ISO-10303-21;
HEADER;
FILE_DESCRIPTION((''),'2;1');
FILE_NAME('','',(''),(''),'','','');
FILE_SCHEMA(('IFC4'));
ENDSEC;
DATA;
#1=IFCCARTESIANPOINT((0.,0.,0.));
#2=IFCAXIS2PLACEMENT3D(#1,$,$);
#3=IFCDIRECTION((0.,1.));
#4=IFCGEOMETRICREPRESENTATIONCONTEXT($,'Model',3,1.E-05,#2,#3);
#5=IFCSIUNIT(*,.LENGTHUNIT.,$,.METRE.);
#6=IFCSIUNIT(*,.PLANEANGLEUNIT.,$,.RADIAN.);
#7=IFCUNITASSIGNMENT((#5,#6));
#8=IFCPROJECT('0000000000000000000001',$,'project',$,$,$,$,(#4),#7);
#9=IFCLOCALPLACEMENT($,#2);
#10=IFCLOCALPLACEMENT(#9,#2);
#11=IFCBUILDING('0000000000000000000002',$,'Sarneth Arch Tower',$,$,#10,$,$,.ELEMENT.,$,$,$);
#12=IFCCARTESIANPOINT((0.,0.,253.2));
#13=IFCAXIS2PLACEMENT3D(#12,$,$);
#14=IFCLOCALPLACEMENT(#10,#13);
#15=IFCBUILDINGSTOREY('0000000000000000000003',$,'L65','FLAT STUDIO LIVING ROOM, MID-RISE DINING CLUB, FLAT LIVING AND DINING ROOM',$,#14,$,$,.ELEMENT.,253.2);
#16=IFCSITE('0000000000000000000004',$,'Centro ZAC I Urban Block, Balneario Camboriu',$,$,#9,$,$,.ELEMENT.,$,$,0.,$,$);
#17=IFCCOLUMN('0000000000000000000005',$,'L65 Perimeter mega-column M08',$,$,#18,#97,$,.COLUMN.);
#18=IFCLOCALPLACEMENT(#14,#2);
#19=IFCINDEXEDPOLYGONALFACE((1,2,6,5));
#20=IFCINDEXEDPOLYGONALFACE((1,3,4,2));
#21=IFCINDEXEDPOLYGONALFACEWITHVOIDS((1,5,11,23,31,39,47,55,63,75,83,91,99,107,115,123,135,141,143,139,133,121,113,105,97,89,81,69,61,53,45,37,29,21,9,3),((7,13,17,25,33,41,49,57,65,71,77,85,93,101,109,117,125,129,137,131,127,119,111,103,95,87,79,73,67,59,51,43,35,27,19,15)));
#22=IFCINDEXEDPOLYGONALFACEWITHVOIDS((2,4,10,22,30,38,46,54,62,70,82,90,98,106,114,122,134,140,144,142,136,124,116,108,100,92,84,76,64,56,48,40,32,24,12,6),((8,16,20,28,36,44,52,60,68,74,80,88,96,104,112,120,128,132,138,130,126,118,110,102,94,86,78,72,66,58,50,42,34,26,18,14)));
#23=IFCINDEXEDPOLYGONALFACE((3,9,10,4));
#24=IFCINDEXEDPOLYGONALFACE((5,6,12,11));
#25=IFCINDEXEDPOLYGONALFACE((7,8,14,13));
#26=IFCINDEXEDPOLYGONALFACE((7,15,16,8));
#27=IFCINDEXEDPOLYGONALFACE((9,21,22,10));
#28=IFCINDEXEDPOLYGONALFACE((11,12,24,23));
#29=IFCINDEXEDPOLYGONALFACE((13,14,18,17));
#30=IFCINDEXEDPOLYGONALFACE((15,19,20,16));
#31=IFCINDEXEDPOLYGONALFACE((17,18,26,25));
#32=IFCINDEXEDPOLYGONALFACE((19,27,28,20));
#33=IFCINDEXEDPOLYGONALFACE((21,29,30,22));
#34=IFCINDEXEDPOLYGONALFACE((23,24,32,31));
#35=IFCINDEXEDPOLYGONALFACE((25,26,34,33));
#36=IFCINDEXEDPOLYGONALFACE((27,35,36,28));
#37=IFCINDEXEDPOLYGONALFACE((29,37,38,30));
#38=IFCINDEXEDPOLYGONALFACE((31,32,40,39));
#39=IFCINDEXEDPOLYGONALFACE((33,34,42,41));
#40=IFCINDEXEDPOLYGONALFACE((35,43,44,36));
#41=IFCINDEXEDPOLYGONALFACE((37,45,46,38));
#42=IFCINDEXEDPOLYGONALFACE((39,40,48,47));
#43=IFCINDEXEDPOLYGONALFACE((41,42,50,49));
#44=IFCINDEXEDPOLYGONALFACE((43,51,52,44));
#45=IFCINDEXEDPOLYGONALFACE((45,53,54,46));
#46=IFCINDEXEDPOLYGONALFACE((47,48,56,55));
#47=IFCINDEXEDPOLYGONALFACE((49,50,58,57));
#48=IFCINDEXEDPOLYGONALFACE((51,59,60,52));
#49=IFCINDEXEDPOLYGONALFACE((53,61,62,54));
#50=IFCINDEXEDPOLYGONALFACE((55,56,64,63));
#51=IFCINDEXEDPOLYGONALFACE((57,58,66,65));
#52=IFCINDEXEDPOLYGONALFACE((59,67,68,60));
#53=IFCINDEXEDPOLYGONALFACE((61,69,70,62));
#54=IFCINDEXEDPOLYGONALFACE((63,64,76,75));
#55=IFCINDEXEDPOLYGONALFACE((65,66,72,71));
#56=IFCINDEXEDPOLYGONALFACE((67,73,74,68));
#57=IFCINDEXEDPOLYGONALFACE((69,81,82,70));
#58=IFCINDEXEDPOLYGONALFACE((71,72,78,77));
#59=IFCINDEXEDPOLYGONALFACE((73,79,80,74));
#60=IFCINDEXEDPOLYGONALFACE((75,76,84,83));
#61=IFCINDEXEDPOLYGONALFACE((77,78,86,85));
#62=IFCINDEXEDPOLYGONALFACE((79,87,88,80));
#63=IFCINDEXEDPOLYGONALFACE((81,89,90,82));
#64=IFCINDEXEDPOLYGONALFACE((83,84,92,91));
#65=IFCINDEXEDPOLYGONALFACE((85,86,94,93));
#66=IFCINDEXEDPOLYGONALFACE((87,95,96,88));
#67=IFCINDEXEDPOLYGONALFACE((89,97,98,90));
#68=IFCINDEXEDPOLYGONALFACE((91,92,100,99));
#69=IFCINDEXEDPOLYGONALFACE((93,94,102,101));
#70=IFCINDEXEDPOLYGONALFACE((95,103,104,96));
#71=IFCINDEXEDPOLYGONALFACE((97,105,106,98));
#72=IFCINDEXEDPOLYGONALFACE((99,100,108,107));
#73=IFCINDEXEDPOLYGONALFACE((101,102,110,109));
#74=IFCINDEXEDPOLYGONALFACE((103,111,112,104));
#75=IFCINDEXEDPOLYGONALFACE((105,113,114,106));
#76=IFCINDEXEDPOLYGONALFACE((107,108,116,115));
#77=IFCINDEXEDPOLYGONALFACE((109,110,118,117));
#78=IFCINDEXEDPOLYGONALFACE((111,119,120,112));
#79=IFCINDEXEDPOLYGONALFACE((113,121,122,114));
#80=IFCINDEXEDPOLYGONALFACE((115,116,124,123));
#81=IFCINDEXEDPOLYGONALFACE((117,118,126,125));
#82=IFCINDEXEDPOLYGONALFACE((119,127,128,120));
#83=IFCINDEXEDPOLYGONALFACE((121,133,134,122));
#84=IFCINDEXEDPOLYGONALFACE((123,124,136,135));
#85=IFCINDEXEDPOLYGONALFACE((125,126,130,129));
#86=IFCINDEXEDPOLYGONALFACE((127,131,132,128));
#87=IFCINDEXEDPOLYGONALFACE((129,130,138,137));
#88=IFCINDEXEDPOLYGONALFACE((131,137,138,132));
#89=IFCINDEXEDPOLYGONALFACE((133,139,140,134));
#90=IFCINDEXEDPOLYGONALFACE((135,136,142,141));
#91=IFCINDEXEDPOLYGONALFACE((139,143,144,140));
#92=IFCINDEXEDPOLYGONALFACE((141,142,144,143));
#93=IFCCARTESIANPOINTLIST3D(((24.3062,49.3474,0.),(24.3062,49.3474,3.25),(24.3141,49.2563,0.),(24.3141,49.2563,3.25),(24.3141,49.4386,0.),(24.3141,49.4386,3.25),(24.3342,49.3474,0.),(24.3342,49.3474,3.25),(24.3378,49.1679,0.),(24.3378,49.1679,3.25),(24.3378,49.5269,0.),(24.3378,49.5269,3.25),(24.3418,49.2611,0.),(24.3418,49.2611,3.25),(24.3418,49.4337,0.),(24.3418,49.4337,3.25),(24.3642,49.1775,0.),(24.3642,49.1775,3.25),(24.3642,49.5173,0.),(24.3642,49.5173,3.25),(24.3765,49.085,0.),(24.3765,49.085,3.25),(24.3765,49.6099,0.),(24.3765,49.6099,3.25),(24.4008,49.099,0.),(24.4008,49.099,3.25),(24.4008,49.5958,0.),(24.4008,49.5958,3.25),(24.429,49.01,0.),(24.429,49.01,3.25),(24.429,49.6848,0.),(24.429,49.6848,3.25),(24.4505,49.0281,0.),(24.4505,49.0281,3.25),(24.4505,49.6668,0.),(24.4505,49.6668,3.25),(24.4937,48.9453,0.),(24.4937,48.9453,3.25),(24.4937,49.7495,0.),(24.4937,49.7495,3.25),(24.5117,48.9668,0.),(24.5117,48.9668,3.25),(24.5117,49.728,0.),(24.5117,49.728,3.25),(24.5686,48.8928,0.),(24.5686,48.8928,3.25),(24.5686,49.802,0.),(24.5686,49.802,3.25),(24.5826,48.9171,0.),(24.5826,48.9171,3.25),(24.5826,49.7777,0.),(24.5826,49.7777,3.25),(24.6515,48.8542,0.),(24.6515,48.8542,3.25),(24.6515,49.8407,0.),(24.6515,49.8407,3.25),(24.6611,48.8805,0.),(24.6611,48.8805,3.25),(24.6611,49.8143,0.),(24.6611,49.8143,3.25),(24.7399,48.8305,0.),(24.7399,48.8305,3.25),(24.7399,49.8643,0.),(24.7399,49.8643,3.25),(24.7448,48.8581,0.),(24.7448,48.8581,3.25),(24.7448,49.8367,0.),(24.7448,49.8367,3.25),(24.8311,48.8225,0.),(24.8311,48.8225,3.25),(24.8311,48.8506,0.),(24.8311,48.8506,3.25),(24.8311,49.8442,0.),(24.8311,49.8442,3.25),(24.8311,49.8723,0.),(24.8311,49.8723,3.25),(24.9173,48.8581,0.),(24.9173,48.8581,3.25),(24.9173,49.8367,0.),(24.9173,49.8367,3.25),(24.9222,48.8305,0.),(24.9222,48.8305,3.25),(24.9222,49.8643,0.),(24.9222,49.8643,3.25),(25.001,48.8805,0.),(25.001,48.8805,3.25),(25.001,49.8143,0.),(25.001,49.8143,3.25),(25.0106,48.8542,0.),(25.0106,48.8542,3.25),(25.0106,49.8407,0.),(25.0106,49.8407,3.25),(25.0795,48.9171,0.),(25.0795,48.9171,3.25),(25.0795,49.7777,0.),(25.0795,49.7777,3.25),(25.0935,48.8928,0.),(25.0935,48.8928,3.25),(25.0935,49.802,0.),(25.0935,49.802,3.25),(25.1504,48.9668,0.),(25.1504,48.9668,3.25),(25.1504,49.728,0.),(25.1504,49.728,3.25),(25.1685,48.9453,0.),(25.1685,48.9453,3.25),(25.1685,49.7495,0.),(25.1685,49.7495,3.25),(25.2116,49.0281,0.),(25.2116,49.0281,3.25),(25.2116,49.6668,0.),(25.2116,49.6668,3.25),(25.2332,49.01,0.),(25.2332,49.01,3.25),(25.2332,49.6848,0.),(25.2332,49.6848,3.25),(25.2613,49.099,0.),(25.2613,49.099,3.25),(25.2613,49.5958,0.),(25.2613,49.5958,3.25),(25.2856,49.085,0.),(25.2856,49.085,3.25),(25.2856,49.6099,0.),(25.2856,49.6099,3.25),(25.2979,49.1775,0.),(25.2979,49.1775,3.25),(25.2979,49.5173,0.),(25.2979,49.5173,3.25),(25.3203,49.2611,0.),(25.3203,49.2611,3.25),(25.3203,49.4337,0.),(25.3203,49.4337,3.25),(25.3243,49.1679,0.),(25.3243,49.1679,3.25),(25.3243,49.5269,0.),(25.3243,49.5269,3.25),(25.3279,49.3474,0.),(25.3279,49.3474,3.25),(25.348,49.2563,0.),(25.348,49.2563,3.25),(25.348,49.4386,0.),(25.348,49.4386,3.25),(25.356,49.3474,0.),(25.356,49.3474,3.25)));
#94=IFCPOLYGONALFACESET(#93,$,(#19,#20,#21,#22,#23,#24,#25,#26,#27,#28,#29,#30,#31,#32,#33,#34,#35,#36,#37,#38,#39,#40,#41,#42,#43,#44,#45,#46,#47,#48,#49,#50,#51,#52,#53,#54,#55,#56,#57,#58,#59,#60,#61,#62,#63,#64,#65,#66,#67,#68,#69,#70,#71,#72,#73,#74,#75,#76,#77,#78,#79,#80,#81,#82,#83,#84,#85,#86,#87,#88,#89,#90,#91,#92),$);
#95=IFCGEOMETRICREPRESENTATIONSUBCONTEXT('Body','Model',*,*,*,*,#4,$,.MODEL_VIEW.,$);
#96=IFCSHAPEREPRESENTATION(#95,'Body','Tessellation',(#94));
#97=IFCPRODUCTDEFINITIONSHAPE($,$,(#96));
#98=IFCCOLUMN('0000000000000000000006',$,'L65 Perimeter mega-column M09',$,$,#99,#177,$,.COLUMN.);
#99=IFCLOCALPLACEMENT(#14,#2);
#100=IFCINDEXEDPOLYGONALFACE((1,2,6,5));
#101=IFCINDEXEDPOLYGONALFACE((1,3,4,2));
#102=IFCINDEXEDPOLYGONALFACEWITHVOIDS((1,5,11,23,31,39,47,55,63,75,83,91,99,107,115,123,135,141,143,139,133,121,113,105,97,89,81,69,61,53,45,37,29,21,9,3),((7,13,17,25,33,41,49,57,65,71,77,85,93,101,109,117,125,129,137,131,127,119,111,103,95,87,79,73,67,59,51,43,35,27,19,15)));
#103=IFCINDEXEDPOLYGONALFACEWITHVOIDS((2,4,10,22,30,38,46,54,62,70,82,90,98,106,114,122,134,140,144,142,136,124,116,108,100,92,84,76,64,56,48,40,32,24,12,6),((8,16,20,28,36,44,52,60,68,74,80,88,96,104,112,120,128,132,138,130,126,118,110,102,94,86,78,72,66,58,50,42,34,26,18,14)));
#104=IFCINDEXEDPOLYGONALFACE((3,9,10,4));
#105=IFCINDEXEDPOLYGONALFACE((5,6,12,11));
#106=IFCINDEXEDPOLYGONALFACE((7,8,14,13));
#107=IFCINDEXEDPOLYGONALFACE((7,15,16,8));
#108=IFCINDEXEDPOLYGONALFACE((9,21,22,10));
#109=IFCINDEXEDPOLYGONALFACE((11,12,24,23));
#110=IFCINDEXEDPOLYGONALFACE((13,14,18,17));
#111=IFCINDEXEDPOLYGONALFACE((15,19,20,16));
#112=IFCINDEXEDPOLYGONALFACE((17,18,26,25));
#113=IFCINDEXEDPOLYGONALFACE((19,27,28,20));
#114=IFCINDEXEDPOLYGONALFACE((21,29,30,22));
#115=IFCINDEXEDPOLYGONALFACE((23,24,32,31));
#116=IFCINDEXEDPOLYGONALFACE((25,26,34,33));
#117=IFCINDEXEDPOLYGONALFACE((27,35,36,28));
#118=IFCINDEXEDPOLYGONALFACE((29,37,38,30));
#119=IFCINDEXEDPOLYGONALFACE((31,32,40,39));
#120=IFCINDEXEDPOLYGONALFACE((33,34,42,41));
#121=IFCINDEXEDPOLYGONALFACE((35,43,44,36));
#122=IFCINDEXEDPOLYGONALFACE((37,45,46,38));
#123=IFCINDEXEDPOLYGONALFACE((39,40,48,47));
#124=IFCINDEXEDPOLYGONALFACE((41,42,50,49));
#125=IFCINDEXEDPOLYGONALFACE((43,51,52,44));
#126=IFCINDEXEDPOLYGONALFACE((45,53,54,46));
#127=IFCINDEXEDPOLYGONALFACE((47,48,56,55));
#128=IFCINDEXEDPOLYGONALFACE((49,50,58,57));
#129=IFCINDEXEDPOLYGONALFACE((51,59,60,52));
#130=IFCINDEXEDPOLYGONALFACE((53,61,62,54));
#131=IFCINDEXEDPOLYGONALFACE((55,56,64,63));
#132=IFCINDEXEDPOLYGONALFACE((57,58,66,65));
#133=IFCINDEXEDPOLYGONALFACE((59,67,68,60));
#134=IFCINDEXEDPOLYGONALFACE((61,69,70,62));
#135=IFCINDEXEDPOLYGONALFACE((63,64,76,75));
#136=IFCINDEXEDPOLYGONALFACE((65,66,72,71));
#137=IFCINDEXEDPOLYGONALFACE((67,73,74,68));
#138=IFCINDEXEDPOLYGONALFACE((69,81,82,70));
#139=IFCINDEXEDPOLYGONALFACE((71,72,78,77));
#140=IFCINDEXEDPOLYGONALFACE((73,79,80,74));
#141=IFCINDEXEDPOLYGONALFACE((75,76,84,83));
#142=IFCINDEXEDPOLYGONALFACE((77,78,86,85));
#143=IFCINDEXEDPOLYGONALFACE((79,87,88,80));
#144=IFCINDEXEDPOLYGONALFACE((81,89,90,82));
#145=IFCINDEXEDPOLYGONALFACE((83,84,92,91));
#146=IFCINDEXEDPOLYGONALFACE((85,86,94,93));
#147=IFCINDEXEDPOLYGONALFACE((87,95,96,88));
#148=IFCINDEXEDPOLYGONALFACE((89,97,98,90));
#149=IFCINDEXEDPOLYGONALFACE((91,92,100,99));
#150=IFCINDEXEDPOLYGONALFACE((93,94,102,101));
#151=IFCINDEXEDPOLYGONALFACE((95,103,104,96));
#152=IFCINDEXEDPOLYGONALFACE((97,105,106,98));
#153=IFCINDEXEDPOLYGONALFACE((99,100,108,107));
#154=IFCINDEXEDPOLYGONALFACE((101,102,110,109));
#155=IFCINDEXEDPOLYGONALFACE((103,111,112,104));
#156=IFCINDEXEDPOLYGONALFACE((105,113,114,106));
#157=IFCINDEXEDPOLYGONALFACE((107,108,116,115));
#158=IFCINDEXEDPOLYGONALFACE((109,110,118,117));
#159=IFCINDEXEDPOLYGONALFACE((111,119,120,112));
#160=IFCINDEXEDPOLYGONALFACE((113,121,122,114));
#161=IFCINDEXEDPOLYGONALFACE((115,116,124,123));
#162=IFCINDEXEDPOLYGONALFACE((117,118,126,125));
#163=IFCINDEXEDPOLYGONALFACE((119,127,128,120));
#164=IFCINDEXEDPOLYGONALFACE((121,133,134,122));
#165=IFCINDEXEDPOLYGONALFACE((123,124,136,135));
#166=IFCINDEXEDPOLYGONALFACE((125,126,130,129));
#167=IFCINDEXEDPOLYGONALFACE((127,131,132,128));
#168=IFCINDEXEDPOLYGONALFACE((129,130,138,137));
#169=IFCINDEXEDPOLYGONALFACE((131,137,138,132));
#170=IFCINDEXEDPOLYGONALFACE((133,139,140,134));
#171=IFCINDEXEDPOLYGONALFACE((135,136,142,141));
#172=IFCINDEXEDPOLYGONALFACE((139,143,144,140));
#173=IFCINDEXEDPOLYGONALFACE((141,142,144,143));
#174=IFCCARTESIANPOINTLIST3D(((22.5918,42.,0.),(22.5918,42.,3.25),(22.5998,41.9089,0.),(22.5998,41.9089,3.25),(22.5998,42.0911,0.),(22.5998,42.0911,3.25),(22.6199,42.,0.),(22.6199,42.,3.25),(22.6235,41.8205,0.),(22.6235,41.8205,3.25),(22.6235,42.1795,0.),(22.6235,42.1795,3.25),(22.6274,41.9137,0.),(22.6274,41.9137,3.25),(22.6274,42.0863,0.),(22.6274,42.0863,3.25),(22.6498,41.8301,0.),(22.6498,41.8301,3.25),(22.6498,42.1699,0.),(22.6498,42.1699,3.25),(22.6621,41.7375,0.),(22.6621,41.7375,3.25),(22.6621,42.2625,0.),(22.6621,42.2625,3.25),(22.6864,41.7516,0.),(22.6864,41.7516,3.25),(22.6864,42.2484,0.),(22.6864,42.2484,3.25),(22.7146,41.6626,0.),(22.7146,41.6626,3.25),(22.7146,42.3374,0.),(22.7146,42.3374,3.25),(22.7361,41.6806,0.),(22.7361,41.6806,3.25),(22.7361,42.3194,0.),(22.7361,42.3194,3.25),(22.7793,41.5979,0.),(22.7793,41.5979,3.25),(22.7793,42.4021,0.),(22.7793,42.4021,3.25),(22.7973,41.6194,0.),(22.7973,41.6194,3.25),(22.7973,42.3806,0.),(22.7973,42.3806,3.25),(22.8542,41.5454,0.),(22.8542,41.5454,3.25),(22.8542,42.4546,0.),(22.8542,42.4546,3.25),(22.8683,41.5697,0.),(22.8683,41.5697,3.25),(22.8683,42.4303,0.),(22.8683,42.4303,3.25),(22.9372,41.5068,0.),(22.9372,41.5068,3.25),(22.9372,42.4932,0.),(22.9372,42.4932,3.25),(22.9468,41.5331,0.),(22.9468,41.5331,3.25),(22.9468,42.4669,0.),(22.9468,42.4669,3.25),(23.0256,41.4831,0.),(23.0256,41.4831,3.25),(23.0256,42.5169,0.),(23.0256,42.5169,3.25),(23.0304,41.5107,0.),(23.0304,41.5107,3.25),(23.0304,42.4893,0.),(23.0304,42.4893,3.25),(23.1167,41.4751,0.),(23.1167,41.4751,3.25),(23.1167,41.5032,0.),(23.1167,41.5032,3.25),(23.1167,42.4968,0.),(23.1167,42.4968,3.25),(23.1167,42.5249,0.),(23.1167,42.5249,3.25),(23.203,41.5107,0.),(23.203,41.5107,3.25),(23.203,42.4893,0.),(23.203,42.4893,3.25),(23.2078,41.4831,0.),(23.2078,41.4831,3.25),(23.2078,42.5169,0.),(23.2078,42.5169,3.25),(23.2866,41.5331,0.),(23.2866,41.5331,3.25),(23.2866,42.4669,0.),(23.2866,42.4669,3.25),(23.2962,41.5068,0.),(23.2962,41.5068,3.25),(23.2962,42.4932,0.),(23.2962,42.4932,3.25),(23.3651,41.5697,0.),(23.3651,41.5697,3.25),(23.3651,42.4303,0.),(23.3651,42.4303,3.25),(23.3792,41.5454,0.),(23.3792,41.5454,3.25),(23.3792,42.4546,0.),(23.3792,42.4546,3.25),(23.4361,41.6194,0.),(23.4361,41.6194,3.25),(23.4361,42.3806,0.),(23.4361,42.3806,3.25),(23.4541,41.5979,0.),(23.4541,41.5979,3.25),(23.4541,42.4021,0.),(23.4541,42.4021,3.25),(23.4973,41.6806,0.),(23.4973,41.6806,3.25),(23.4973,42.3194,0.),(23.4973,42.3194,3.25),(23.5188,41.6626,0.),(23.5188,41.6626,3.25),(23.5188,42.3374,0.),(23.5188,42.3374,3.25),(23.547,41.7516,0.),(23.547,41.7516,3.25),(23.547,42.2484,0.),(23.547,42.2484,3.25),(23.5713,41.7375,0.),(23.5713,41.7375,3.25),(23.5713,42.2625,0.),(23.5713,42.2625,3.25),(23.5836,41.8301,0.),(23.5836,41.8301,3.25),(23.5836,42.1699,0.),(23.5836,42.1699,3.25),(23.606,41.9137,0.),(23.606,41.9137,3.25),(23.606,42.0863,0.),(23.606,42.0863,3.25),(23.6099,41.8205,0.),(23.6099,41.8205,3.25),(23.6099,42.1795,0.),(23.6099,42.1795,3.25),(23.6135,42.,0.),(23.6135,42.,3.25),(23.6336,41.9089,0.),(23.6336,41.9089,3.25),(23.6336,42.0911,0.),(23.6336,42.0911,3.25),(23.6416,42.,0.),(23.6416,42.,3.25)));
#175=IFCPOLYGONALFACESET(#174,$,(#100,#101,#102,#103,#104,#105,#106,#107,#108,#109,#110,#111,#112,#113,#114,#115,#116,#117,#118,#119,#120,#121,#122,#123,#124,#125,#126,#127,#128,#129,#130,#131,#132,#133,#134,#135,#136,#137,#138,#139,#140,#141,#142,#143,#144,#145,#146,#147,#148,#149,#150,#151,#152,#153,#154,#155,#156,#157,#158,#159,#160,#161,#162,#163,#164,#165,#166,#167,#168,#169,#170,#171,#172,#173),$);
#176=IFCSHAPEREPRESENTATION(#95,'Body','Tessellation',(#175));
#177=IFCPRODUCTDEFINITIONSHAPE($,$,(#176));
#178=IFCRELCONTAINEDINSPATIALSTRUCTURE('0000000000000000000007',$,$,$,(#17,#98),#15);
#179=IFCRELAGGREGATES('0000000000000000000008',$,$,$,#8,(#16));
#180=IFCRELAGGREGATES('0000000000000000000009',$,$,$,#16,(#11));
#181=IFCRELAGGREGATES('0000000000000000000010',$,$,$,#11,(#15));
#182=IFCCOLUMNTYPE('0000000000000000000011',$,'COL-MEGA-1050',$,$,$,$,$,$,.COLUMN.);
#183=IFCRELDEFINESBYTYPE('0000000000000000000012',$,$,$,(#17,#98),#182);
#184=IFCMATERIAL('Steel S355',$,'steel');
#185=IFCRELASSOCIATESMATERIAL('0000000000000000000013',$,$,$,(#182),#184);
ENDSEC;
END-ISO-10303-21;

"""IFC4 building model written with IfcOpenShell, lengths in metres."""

from ifc_helpers import new_model, si_unit, direction, frame, origin, origin_2d, place, context, subcontext, project, spatial, hollow_circle, extrude, material, material_profile, profile_set, type_object, element, save


model = new_model("IFC4")

# Units and contexts
model_context = context("Model", 3, precision=1e-05, world=origin(), true_north=direction((0.0, 1.0)))
body_context = subcontext(model_context, "Body", "Model", "MODEL_VIEW")
ifc_project = project(units=[si_unit("LENGTHUNIT", "METRE"), si_unit("PLANEANGLEUNIT", "RADIAN")], contexts=[model_context])

# Site, building, storey
site_placement = place(None, origin())
site = spatial("IfcSite", under=ifc_project, at=site_placement, Name="Centro ZAC I Urban Block, Balneario Camboriu", CompositionType="ELEMENT", RefElevation=0.0)
building_placement = place(site_placement, origin())
building = spatial("IfcBuilding", under=site, at=building_placement, Name="Sarneth Arch Tower", CompositionType="ELEMENT")
storey_placement = place(building_placement, frame((0.0, 0.0, 253.2)))
storey = spatial("IfcBuildingStorey", under=building, at=storey_placement, Name="L65", Description="FLAT STUDIO LIVING ROOM, MID-RISE DINING CLUB, FLAT LIVING AND DINING ROOM", CompositionType="ELEMENT", Elevation=253.2)

# Columns
ifc_material_1 = material(Name="Steel S355", Category="steel")
ifc_material_profile_1 = material_profile(ifc_material_1, hollow_circle(Radius=0.5249, WallThickness=0.0281, at=origin_2d()), Name="CHS1050x28")
ifc_profile_set_1 = profile_set([ifc_material_profile_1], Name="Steel S355")
column_type = type_object("IfcColumnType", Name="COL-MEGA-1050", PredefinedType="COLUMN", material=ifc_profile_set_1)
for number, where, z_axis, x_axis, name in (
    (1, (24.8311, 49.3474, 0.0), (0.0, 0.0, 1.0), (1.0, 0.0, 0.0), "L65 Perimeter mega-column M08"),
    (2, (23.1167, 42.0, 0.0), (0.0, 0.0, 1.0), (1.0, 0.0, 0.0), "L65 Perimeter mega-column M09"),
):
    element("IfcColumn", number, at=place(storey_placement, frame(where, z_axis=z_axis, x_axis=x_axis)), inside=storey, type_object=column_type, Name=name, PredefinedType="COLUMN", context=body_context, shape_type="SweptSolid", body=[
        extrude(hollow_circle(Radius=0.5249, WallThickness=0.0281, at=origin_2d()), origin(), (0.0, 0.0, 1.0), 3.25),
    ])

save(model, "model.ifc")
